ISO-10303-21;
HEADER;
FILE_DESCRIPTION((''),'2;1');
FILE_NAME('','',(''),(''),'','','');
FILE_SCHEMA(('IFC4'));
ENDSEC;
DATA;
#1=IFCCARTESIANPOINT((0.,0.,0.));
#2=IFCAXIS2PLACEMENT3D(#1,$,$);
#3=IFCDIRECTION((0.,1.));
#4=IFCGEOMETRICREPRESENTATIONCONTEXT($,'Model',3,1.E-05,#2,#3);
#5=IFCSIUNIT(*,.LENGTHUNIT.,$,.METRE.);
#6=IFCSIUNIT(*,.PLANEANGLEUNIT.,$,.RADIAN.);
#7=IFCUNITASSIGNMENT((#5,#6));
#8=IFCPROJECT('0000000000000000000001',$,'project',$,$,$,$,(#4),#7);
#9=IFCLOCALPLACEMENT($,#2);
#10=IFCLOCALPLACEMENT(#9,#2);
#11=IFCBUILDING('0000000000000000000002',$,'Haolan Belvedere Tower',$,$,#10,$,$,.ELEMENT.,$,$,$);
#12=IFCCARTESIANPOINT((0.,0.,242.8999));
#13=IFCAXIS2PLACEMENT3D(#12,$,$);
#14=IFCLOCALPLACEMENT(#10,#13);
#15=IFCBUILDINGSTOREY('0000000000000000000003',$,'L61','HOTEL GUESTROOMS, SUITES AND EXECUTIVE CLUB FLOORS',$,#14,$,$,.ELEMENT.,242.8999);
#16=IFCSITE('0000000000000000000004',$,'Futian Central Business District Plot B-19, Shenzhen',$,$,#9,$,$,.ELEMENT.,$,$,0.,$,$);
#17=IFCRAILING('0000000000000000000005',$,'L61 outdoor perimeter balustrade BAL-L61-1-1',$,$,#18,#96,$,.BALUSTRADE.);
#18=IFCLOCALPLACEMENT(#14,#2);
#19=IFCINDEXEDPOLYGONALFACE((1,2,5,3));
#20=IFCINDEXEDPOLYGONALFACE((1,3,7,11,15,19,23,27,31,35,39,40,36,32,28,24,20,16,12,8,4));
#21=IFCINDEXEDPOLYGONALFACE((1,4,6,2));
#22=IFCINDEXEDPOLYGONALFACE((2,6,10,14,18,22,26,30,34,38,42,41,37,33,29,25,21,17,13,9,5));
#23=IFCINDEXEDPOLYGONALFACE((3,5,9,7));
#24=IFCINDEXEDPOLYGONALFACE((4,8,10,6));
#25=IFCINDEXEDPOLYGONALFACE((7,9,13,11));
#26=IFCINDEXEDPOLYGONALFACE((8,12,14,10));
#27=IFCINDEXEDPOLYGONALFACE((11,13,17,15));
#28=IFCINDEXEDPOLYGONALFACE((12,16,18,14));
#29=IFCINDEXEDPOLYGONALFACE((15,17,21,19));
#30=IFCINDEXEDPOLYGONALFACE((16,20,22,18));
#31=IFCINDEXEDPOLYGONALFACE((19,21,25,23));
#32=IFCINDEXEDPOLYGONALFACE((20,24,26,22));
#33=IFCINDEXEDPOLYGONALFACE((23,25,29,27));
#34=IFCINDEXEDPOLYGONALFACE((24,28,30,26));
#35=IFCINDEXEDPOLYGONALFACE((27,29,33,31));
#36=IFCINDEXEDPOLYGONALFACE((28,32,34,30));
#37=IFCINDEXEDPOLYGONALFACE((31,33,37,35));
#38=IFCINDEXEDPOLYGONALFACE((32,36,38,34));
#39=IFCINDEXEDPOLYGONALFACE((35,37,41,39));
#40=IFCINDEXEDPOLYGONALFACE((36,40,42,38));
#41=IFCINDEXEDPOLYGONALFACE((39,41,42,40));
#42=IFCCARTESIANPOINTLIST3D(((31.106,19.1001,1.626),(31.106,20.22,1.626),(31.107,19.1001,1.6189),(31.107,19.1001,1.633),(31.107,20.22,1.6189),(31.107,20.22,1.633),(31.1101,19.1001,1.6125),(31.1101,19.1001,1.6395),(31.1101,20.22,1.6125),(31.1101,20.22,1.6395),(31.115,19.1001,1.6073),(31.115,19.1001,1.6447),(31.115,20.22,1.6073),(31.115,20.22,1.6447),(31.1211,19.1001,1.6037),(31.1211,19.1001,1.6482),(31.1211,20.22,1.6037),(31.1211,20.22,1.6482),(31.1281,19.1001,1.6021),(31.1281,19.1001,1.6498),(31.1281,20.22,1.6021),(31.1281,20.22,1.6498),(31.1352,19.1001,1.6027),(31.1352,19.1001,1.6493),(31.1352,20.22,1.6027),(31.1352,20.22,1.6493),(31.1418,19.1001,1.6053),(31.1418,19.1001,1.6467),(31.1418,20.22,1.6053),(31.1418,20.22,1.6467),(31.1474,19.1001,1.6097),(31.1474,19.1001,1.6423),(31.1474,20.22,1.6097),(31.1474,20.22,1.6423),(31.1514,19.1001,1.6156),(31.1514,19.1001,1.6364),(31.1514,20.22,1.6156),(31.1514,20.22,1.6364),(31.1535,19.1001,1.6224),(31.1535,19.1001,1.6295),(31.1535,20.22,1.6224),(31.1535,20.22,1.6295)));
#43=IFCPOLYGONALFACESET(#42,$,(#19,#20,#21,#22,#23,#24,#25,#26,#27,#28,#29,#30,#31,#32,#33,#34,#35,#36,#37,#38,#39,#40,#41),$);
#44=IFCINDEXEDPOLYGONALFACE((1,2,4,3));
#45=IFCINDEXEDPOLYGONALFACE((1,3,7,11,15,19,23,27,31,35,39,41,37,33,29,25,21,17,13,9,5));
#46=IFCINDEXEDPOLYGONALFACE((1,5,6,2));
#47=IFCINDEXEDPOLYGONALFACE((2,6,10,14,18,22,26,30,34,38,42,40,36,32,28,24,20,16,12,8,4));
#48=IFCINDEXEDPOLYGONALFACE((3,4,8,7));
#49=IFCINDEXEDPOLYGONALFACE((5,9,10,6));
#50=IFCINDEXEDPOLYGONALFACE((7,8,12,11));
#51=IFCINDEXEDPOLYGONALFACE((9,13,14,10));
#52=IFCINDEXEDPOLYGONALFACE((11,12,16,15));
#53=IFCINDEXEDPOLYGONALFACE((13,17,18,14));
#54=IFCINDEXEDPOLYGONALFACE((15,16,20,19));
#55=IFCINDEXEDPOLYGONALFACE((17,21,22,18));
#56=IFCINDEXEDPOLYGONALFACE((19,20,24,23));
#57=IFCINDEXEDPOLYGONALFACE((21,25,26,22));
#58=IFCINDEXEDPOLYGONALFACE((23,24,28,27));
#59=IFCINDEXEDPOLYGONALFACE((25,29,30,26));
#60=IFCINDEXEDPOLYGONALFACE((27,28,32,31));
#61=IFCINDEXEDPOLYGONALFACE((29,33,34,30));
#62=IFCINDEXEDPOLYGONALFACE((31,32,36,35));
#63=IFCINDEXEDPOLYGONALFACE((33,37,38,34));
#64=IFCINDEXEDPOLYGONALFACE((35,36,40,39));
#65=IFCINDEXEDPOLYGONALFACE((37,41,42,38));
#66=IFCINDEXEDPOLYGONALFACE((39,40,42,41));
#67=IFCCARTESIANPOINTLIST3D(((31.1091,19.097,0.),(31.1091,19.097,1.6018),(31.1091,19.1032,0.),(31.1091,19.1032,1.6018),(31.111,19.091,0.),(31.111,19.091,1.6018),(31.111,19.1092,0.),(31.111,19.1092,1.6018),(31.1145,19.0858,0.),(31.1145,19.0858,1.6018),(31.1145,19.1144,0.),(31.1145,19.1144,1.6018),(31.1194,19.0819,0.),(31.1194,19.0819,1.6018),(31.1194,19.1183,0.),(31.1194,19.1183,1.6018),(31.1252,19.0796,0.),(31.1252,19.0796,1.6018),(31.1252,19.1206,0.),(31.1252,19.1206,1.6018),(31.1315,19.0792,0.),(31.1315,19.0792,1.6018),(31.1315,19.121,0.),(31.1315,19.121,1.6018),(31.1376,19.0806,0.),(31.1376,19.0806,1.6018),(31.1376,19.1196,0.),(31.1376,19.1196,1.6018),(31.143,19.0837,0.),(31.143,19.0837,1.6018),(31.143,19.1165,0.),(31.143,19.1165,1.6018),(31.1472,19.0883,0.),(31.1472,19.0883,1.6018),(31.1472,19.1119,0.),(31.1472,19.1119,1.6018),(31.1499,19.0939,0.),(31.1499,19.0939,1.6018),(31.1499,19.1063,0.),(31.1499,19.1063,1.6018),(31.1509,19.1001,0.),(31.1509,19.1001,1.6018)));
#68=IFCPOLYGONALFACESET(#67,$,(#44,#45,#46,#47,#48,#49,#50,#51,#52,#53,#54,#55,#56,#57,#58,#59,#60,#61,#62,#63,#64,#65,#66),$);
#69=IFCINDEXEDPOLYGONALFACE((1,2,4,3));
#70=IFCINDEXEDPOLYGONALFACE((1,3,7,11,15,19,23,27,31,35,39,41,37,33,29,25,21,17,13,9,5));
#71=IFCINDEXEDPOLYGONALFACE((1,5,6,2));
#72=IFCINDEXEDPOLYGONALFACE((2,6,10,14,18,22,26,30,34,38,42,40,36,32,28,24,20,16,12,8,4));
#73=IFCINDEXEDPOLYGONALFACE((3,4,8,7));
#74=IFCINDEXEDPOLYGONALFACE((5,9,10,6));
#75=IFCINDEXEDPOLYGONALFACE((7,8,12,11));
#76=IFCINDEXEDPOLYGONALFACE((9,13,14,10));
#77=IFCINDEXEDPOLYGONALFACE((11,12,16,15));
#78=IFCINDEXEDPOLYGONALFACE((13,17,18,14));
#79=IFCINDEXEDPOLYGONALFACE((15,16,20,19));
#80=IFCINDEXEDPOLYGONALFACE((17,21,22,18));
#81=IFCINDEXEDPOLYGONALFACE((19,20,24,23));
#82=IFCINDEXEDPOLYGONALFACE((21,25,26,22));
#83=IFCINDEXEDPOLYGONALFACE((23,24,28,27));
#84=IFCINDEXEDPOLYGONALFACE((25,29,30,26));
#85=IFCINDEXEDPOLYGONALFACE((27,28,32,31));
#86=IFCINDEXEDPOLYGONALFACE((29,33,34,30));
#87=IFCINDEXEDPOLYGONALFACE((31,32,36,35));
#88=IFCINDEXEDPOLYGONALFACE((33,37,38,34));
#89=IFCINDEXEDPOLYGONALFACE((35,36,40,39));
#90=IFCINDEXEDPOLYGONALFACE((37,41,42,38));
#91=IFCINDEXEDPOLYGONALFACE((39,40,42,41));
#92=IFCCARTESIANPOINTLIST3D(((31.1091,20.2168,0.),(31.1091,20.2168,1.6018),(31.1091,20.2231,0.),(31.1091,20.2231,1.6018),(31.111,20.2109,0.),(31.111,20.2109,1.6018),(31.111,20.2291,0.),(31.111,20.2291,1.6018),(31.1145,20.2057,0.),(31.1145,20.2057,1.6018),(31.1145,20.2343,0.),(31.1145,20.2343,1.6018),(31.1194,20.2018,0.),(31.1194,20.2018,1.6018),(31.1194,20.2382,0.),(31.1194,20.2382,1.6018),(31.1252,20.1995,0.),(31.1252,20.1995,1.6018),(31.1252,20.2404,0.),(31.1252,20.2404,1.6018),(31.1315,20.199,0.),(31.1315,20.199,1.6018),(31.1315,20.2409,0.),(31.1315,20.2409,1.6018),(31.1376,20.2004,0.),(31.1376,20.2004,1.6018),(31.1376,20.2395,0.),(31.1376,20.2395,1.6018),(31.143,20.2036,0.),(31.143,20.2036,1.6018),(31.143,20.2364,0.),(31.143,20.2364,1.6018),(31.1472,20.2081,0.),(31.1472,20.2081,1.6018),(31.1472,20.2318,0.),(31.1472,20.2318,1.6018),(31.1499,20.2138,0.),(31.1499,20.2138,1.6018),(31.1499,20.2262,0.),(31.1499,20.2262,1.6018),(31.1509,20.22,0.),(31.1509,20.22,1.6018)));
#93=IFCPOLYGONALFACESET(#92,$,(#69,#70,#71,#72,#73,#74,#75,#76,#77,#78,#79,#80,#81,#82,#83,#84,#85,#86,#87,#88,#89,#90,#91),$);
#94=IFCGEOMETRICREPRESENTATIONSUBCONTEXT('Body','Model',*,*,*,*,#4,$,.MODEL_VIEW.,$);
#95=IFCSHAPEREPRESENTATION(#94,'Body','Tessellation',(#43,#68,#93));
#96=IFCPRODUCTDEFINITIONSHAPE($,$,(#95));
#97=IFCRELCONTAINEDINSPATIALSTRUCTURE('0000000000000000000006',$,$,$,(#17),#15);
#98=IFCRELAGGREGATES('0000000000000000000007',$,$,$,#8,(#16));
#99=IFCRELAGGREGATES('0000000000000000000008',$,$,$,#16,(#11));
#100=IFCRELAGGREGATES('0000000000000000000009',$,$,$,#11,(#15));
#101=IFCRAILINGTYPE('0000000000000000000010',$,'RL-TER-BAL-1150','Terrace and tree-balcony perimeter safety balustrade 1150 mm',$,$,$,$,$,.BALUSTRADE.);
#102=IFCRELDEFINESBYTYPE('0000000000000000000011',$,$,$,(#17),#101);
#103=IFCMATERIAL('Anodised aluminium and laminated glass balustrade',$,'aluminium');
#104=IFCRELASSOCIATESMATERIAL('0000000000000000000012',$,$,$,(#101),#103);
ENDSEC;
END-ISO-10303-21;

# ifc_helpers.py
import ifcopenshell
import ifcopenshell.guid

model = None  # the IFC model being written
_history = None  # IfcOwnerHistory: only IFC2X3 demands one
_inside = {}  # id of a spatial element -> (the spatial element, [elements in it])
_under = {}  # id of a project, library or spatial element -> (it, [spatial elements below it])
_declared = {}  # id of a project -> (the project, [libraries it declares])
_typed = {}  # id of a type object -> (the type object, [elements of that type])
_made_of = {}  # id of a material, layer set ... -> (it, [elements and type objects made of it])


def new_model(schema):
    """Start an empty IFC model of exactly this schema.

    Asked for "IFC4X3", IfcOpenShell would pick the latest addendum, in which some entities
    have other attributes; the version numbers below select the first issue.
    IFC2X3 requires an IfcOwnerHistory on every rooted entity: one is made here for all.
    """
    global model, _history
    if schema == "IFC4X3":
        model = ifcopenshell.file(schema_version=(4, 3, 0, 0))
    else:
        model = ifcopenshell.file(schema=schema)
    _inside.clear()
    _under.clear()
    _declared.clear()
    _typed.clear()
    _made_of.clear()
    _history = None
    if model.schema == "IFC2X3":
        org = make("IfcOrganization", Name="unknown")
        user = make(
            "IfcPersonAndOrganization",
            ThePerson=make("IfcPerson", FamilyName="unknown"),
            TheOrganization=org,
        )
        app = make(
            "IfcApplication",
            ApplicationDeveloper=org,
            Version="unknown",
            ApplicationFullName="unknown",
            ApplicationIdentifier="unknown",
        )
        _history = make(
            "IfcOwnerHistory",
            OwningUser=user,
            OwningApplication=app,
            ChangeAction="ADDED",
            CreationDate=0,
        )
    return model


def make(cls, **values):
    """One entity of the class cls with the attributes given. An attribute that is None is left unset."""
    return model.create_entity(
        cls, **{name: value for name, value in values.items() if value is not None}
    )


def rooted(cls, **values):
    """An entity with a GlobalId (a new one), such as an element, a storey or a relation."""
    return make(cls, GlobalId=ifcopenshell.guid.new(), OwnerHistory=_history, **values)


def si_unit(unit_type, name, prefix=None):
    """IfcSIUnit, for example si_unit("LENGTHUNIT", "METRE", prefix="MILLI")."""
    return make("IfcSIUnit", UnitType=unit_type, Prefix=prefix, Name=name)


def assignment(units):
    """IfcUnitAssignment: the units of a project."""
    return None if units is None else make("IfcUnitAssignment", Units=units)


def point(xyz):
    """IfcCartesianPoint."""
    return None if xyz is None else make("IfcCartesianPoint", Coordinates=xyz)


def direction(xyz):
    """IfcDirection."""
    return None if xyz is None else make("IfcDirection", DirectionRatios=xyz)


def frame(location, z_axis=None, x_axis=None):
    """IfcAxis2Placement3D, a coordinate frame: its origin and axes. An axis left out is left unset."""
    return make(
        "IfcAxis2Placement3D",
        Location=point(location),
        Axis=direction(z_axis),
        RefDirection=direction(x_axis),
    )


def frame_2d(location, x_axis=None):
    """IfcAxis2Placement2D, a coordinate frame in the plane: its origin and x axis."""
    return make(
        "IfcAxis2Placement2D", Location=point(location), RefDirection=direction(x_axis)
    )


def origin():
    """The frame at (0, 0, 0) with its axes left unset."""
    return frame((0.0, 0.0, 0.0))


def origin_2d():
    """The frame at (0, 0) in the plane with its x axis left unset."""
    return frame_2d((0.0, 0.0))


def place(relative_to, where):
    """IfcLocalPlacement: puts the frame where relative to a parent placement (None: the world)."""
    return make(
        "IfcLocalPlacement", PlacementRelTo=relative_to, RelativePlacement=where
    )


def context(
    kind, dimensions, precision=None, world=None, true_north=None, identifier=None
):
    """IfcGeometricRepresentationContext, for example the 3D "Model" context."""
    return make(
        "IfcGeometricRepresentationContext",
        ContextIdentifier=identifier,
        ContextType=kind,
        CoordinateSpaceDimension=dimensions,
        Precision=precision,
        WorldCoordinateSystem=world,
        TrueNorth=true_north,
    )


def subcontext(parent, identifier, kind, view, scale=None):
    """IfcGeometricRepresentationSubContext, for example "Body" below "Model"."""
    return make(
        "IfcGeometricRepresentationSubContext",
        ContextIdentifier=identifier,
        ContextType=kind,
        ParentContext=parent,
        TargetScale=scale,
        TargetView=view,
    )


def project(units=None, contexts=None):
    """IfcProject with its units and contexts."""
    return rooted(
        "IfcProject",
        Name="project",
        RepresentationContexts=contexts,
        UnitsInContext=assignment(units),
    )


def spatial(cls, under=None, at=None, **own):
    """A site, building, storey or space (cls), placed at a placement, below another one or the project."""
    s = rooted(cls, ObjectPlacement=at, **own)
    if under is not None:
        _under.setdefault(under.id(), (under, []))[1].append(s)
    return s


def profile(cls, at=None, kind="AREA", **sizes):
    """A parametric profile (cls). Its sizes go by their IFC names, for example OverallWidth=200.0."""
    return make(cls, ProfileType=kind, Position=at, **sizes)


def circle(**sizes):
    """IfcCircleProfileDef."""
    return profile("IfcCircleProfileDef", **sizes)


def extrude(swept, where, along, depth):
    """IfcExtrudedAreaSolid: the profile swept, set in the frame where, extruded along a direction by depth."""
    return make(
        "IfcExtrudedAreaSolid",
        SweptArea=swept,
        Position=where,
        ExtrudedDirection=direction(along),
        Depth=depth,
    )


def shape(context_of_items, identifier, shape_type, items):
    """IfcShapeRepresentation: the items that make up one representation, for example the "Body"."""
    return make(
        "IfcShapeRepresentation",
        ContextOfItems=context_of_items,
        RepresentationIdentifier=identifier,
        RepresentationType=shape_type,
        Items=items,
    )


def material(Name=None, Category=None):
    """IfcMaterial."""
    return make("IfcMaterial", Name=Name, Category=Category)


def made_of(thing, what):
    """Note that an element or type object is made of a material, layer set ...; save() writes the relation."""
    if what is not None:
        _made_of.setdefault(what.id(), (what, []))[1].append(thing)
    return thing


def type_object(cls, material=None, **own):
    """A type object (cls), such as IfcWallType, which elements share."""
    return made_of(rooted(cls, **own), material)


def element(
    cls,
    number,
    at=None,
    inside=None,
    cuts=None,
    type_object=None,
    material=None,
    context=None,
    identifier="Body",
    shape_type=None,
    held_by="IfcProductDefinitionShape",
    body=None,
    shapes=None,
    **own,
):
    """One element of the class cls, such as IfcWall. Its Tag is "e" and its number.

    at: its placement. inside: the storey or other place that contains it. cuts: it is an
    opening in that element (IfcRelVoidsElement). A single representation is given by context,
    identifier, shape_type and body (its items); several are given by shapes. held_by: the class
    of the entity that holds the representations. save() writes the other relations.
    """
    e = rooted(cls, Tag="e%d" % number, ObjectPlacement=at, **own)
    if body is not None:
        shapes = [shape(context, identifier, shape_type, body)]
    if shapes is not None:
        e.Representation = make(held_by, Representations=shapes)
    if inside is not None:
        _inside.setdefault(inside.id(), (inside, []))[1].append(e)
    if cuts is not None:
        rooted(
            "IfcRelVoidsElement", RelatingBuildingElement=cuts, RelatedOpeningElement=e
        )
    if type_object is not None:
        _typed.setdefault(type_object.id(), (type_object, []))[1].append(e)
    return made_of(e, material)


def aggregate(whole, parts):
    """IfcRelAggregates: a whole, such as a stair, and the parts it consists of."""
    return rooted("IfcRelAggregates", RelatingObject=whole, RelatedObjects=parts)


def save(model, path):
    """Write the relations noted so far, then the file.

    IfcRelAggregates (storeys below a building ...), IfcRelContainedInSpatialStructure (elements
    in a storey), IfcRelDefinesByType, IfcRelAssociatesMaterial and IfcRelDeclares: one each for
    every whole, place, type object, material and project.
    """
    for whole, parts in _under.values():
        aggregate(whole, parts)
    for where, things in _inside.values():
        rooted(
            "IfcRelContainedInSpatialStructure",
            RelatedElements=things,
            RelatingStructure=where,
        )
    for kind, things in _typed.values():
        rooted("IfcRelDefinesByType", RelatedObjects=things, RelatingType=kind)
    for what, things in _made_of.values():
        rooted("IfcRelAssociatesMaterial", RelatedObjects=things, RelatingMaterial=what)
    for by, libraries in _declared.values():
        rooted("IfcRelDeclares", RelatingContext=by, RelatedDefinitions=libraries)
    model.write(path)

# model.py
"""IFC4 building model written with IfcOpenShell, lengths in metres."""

from ifc_helpers import new_model, si_unit, direction, frame, origin, origin_2d, place, context, subcontext, project, spatial, circle, extrude, material, type_object, element, save


model = new_model("IFC4")

# Units and contexts
model_context = context("Model", 3, precision=1e-05, world=origin(), true_north=direction((0.0, 1.0)))
body_context = subcontext(model_context, "Body", "Model", "MODEL_VIEW")
ifc_project = project(units=[si_unit("LENGTHUNIT", "METRE"), si_unit("PLANEANGLEUNIT", "RADIAN")], contexts=[model_context])

# Site, building, storey
site_placement = place(None, origin())
site = spatial("IfcSite", under=ifc_project, at=site_placement, Name="Futian Central Business District Plot B-19, Shenzhen", CompositionType="ELEMENT", RefElevation=0.0)
building_placement = place(site_placement, origin())
building = spatial("IfcBuilding", under=site, at=building_placement, Name="Haolan Belvedere Tower", CompositionType="ELEMENT")
storey_placement = place(building_placement, frame((0.0, 0.0, 242.8999)))
storey = spatial("IfcBuildingStorey", under=building, at=storey_placement, Name="L61", Description="HOTEL GUESTROOMS, SUITES AND EXECUTIVE CLUB FLOORS", CompositionType="ELEMENT", Elevation=242.8999)

# Railing
ifc_material_1 = material(Name="Anodised aluminium and laminated glass balustrade", Category="aluminium")
railing_type = type_object("IfcRailingType", Name="RL-TER-BAL-1150", Description="Terrace and tree-balcony perimeter safety balustrade 1150 mm", PredefinedType="BALUSTRADE", material=ifc_material_1)
railing_placement = place(storey_placement, frame((31.1299, 19.1001, 0.0)))
element("IfcRailing", 1, at=railing_placement, inside=storey, type_object=railing_type, Name="L61 outdoor perimeter balustrade BAL-L61-1-1", PredefinedType="BALUSTRADE", context=body_context, shape_type="SweptSolid", body=[
    extrude(circle(Radius=0.0239, at=origin_2d()), frame((0.0, 0.0, 1.626), z_axis=(0.0, 1.0, 0.0), x_axis=(-1.0, 0.0, 0.0)), (0.0, 0.0, 1.0), 1.1199),
    extrude(circle(Radius=0.021, at=origin_2d()), origin(), (0.0, 0.0, 1.0), 1.6018),
    extrude(circle(Radius=0.021, at=origin_2d()), frame((0.0, 1.1199, 0.0)), (0.0, 0.0, 1.0), 1.6018),
])

save(model, "model.ifc")
